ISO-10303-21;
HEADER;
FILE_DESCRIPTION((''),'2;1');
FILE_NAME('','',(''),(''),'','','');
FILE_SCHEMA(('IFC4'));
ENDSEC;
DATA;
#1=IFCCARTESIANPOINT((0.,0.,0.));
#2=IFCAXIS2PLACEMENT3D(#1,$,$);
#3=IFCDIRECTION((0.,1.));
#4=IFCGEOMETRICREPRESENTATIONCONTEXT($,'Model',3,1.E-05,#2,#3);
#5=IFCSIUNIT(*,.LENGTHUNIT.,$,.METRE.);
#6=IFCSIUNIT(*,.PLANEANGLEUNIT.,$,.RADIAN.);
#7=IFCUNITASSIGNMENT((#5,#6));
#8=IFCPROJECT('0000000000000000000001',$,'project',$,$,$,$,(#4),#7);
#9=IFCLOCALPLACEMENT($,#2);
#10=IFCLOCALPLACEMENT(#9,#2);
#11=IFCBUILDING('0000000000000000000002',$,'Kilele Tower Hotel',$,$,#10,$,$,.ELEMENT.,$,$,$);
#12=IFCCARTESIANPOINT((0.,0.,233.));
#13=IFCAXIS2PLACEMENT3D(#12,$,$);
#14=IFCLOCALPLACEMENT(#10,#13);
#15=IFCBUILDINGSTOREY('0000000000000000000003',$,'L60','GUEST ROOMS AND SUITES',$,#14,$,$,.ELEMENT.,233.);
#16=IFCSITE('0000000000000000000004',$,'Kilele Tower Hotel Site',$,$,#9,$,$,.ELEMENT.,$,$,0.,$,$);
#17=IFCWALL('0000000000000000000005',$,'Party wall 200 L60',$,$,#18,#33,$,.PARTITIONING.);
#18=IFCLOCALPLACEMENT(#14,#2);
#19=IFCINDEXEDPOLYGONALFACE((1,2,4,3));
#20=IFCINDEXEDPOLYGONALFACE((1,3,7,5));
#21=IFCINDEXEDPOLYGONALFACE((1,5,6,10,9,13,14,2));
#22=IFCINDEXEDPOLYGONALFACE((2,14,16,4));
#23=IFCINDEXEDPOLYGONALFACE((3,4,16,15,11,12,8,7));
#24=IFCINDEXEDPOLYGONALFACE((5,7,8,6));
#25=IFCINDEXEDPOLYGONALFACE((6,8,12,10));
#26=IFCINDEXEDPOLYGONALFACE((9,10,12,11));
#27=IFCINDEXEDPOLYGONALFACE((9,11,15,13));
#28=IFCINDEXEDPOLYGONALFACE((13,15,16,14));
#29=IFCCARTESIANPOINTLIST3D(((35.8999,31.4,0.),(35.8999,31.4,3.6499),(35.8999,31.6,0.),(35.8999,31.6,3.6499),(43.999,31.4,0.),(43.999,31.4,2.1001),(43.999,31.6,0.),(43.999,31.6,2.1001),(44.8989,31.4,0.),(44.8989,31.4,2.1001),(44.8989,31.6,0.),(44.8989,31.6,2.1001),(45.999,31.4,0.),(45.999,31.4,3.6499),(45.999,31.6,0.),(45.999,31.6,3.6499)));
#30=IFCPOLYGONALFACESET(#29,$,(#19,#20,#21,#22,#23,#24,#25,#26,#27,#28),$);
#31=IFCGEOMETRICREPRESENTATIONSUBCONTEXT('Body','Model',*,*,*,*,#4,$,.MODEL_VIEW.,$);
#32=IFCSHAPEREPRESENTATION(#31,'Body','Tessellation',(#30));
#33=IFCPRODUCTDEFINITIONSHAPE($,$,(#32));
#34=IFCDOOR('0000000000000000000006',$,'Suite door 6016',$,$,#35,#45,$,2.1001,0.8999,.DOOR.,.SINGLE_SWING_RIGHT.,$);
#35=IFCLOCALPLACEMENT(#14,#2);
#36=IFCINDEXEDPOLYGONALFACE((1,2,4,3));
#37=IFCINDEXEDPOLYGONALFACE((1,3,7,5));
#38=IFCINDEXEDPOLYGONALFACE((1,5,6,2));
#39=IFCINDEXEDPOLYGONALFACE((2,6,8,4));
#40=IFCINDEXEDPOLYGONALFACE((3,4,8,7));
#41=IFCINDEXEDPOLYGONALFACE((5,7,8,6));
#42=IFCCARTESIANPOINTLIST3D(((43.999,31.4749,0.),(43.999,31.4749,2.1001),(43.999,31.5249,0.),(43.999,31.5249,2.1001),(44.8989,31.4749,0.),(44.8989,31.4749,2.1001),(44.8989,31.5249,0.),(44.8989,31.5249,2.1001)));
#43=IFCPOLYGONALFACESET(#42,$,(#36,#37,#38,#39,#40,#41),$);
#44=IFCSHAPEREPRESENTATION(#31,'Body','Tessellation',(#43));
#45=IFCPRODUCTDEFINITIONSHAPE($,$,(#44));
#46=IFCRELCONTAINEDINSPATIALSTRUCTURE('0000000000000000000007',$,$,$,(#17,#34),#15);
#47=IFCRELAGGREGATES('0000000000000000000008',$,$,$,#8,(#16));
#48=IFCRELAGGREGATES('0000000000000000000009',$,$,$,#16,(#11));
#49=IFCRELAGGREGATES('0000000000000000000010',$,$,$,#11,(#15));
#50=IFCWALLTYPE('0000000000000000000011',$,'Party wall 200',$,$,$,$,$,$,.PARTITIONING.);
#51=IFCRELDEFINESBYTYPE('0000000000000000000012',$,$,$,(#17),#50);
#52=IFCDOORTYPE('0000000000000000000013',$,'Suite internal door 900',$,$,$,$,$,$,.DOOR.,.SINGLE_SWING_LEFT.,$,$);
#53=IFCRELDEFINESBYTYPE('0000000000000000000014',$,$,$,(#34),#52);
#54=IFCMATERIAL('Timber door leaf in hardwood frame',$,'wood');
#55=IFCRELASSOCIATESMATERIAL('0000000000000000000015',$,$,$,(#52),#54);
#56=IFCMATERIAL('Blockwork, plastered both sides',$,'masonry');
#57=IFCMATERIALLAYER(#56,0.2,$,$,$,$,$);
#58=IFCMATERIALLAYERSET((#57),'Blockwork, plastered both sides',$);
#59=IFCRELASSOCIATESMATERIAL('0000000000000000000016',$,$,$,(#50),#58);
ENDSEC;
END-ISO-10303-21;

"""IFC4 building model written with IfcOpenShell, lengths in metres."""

from ifc_helpers import new_model, si_unit, direction, frame, frame_2d, origin, place, context, subcontext, project, spatial, rectangle, extrude, material, layer, layer_set, type_object, element, fill, save


model = new_model("IFC4")

# Units and contexts
model_context = context("Model", 3, precision=1e-05, world=origin(), true_north=direction((0.0, 1.0)))
body_context = subcontext(model_context, "Body", "Model", "MODEL_VIEW")
ifc_project = project(units=[si_unit("LENGTHUNIT", "METRE"), si_unit("PLANEANGLEUNIT", "RADIAN")], contexts=[model_context])

# Site, building, storey
site_placement = place(None, origin())
site = spatial("IfcSite", under=ifc_project, at=site_placement, Name="Kilele Tower Hotel Site", CompositionType="ELEMENT", RefElevation=0.0)
building_placement = place(site_placement, origin())
building = spatial("IfcBuilding", under=site, at=building_placement, Name="Kilele Tower Hotel", CompositionType="ELEMENT")
storey_placement = place(building_placement, frame((0.0, 0.0, 233.0)))
storey = spatial("IfcBuildingStorey", under=building, at=storey_placement, Name="L60", Description="GUEST ROOMS AND SUITES", CompositionType="ELEMENT", Elevation=233.0)

# Wall, opening, door
ifc_material_1 = material(Name="Timber door leaf in hardwood frame", Category="wood")
door_type_1 = type_object("IfcDoorType", Name="Suite internal door 900", OperationType="SINGLE_SWING_LEFT", PredefinedType="DOOR", material=ifc_material_1)
ifc_material_2 = material(Name="Blockwork, plastered both sides", Category="masonry")
ifc_layer_1 = layer(ifc_material_2, 0.2)
ifc_layer_set_1 = layer_set([ifc_layer_1], Name="Blockwork, plastered both sides")
wall_type_1 = type_object("IfcWallType", Name="Party wall 200", PredefinedType="PARTITIONING", material=ifc_layer_set_1)
wall_1_placement = place(storey_placement, frame((35.8999, 31.5, 0.0), z_axis=(0.0, 0.0, 1.0), x_axis=(1.0, 0.0, 0.0)))
wall_1 = element("IfcWall", 1, at=wall_1_placement, inside=storey, type_object=wall_type_1, Name="Party wall 200 L60", PredefinedType="PARTITIONING", context=body_context, shape_type="SweptSolid", body=[
    extrude(rectangle(XDim=10.0991, YDim=0.2, at=frame_2d((5.0496, 0.0))), origin(), (0.0, 0.0, 1.0), 3.6499),
])
opening_1_placement = place(wall_1_placement, frame((8.0991, 0.0, 0.0)))
opening_1 = element("IfcOpeningElement", 2, at=opening_1_placement, cuts=wall_1, PredefinedType="OPENING", context=body_context, shape_type="SweptSolid", body=[
    extrude(rectangle(XDim=0.8999, YDim=2.1001, at=frame_2d((0.45, 1.05))), frame((0.0, 0.1099, 0.0), z_axis=(0.0, -1.0, 0.0), x_axis=(1.0, 0.0, 0.0)), (0.0, 0.0, 1.0), 0.22),
])
door_1_placement = place(opening_1_placement, origin())
door_1 = element("IfcDoor", 3, at=door_1_placement, inside=storey, type_object=door_type_1, Name="Suite door 6016", OperationType="SINGLE_SWING_RIGHT", OverallHeight=2.1001, OverallWidth=0.8999, PredefinedType="DOOR", context=body_context, shape_type="SweptSolid", body=[
    extrude(rectangle(XDim=0.8999, YDim=2.1001, at=frame_2d((0.45, 1.05))), frame((0.0, 0.0249, 0.0), z_axis=(0.0, -1.0, 0.0), x_axis=(1.0, 0.0, 0.0)), (0.0, 0.0, 1.0), 0.05),
])
fill(opening_1, door_1)

save(model, "model.ifc")
